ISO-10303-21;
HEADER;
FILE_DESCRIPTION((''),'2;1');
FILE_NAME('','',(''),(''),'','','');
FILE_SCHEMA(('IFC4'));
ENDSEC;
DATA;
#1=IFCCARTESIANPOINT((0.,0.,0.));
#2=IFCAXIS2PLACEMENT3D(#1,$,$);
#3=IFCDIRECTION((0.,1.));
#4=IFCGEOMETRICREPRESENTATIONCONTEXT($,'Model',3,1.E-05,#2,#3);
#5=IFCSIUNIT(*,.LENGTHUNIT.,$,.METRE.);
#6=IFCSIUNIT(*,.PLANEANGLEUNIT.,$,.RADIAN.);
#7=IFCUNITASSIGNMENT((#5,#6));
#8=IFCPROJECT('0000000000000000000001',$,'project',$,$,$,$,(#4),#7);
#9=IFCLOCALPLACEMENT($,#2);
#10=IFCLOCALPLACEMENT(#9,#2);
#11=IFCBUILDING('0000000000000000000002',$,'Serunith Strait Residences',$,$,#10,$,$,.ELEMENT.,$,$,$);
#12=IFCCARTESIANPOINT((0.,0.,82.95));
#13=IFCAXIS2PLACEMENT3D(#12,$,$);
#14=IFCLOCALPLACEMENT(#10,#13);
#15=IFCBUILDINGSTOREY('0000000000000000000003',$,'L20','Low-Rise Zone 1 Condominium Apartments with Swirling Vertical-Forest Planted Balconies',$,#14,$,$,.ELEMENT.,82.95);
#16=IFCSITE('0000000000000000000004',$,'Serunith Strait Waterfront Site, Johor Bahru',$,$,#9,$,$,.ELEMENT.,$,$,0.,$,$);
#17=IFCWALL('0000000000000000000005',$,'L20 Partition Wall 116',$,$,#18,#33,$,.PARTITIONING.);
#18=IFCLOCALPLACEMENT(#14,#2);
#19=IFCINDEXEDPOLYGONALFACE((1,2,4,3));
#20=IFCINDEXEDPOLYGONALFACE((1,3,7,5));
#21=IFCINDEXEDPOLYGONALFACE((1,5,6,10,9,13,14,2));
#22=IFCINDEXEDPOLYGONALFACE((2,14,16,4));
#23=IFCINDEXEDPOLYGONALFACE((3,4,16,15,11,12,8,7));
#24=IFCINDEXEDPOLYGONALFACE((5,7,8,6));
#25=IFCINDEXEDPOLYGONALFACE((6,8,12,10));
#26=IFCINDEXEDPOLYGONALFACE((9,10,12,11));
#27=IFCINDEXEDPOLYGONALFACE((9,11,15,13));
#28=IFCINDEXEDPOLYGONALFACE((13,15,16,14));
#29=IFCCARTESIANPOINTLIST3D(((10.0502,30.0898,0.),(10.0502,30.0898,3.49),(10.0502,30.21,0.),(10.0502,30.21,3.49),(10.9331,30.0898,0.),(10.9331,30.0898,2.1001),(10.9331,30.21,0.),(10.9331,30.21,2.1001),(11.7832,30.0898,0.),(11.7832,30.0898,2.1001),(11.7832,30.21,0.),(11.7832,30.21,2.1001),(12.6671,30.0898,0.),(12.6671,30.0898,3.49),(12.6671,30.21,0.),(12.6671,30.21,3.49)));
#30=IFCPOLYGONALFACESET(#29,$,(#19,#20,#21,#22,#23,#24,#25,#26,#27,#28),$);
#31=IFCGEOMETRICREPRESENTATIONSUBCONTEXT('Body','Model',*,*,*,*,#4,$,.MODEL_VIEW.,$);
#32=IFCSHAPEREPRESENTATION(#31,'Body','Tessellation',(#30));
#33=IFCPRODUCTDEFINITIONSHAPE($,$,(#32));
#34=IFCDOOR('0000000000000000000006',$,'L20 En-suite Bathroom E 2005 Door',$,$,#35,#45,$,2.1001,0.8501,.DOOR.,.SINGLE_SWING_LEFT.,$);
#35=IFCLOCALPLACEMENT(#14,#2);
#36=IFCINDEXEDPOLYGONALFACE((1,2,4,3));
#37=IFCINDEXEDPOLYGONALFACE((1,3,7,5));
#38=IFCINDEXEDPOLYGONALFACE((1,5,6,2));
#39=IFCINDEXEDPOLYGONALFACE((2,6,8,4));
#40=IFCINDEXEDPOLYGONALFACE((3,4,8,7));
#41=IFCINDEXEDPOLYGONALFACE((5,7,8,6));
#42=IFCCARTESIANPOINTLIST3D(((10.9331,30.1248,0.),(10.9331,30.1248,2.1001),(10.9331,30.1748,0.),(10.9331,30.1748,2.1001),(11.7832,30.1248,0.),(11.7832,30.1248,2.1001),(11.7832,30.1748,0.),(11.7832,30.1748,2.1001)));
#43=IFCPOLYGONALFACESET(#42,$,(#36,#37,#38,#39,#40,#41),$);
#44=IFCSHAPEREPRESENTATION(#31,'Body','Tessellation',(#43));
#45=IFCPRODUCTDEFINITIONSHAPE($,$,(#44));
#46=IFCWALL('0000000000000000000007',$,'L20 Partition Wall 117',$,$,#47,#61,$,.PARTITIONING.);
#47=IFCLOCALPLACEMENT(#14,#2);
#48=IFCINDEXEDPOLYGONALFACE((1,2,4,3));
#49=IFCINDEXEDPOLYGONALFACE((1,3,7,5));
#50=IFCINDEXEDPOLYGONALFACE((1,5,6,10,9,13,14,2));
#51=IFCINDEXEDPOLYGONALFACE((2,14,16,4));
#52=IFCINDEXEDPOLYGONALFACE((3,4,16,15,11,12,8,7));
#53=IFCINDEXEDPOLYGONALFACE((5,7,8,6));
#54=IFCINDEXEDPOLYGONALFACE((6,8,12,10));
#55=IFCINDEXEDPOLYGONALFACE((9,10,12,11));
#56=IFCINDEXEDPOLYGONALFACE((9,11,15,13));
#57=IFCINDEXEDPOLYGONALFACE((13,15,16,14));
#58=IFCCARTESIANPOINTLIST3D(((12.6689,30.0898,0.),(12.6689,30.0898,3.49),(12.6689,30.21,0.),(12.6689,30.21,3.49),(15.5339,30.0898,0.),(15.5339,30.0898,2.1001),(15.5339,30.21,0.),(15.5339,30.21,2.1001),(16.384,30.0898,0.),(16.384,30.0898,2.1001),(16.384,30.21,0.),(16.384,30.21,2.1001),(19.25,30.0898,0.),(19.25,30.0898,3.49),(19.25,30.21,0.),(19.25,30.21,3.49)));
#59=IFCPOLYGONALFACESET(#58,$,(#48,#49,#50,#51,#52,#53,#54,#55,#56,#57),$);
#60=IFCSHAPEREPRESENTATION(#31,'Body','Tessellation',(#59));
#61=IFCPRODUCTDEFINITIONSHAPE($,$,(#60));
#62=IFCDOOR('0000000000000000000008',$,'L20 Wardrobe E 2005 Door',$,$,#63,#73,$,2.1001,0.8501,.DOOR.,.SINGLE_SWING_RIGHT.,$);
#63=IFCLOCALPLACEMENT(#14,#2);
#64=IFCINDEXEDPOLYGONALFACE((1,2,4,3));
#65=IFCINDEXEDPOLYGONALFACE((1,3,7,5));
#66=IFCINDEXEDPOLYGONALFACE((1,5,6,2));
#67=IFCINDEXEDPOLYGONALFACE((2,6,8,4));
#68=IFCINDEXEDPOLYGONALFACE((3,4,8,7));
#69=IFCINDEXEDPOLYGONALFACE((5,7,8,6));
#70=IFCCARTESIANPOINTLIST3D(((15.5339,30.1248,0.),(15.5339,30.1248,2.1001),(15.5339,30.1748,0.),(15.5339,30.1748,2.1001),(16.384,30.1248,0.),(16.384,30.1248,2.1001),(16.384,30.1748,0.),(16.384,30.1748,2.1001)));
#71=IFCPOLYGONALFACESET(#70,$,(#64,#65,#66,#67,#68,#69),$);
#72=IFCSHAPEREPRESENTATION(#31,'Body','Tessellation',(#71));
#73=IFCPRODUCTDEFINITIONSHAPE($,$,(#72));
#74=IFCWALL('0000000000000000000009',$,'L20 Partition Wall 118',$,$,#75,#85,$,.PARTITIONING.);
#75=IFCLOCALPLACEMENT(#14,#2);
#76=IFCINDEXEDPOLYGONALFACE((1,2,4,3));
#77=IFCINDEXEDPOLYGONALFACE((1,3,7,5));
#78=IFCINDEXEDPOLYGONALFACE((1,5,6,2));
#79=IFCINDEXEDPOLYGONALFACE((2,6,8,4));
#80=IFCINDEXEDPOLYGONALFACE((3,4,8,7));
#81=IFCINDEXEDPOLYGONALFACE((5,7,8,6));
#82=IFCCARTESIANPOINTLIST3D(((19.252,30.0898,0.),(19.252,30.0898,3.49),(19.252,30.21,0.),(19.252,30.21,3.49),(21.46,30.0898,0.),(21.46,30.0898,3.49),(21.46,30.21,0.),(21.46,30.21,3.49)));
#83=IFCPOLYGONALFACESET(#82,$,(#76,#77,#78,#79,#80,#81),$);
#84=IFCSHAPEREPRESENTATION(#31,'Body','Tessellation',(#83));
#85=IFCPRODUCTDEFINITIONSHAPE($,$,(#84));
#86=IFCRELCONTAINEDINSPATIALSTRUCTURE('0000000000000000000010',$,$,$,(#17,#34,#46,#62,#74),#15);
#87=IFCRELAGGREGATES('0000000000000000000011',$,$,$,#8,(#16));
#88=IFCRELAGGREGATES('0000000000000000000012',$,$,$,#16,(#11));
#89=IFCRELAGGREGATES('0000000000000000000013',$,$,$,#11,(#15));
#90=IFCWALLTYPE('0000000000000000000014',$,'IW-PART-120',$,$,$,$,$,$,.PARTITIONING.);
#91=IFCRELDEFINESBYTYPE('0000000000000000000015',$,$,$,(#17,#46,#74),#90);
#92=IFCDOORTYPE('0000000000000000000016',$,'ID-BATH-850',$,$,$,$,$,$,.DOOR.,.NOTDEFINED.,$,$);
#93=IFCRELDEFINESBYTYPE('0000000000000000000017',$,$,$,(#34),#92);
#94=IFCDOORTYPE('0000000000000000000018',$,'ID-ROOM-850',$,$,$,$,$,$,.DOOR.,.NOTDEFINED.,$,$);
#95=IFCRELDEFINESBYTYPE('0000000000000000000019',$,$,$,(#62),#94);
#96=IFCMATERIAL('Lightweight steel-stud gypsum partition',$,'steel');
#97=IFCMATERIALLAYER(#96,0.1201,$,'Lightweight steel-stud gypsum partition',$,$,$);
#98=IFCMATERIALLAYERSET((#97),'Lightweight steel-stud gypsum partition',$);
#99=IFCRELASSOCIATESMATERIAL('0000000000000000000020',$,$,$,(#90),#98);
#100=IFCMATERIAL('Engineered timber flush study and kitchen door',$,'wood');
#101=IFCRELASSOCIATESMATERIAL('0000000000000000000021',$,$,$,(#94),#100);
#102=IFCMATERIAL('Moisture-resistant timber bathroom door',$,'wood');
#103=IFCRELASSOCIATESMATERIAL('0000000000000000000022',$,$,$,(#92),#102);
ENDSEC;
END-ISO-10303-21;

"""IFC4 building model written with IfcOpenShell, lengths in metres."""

from ifc_helpers import new_model, si_unit, direction, frame, frame_2d, origin, place, context, subcontext, project, spatial, rectangle, extrude, source, transform, mapped, material, layer, layer_set, type_object, element, fill, save


model = new_model("IFC4")

# Units and contexts
model_context = context("Model", 3, precision=1e-05, world=origin(), true_north=direction((0.0, 1.0)))
body_context = subcontext(model_context, "Body", "Model", "MODEL_VIEW")
ifc_project = project(units=[si_unit("LENGTHUNIT", "METRE"), si_unit("PLANEANGLEUNIT", "RADIAN")], contexts=[model_context])

# Site, building, storey
site_placement = place(None, origin())
site = spatial("IfcSite", under=ifc_project, at=site_placement, Name="Serunith Strait Waterfront Site, Johor Bahru", CompositionType="ELEMENT", RefElevation=0.0)
building_placement = place(site_placement, origin())
building = spatial("IfcBuilding", under=site, at=building_placement, Name="Serunith Strait Residences", CompositionType="ELEMENT")
storey_placement = place(building_placement, frame((0.0, 0.0, 82.95)))
storey = spatial("IfcBuildingStorey", under=building, at=storey_placement, Name="L20", Description="Low-Rise Zone 1 Condominium Apartments with Swirling Vertical-Forest Planted Balconies", CompositionType="ELEMENT", Elevation=82.95)

# Shared definitions
ifc_material_1 = material(Name="Lightweight steel-stud gypsum partition", Category="steel")
ifc_layer_1 = layer(ifc_material_1, 0.1201, Name="Lightweight steel-stud gypsum partition")
ifc_layer_set_1 = layer_set([ifc_layer_1], Name="Lightweight steel-stud gypsum partition")
wall_type_1 = type_object("IfcWallType", Name="IW-PART-120", PredefinedType="PARTITIONING", material=ifc_layer_set_1)
ifc_material_2 = material(Name="Engineered timber flush study and kitchen door", Category="wood")
door_type_1 = type_object("IfcDoorType", Name="ID-ROOM-850", OperationType="NOTDEFINED", PredefinedType="DOOR", material=ifc_material_2)
shared_shape_1 = source(origin(), body_context, "Body", "SweptSolid", [
    extrude(rectangle(XDim=0.8501, YDim=2.1001, at=frame_2d((0.425, 1.05))), frame((0.0, 0.0249, 0.0), z_axis=(0.0, -1.0, 0.0), x_axis=(1.0, 0.0, 0.0)), (0.0, 0.0, 1.0), 0.05),
])

# Walls, openings, doors
wall_1_placement = place(storey_placement, frame((10.05, 30.1499, 0.0), z_axis=(0.0, 0.0, 1.0), x_axis=(1.0, 0.0, 0.0)))
wall_1 = element("IfcWall", 1, at=wall_1_placement, inside=storey, type_object=wall_type_1, Name="L20 Partition Wall 116", PredefinedType="PARTITIONING", context=body_context, shape_type="SweptSolid", body=[
    extrude(rectangle(XDim=2.6169, YDim=0.1201, at=frame_2d((1.3086, 0.0))), origin(), (0.0, 0.0, 1.0), 3.49),
])
opening_1_placement = place(wall_1_placement, frame((0.8831, 0.0, 0.0)))
opening_1 = element("IfcOpeningElement", 2, at=opening_1_placement, cuts=wall_1, PredefinedType="OPENING", context=body_context, shape_type="SweptSolid", body=[
    extrude(rectangle(XDim=0.8501, YDim=2.1001, at=frame_2d((0.425, 1.05))), frame((0.0, 0.0701, 0.0), z_axis=(0.0, -1.0, 0.0), x_axis=(1.0, 0.0, 0.0)), (0.0, 0.0, 1.0), 0.1401),
])
ifc_material_3 = material(Name="Moisture-resistant timber bathroom door", Category="wood")
door_type_2 = type_object("IfcDoorType", Name="ID-BATH-850", OperationType="NOTDEFINED", PredefinedType="DOOR", material=ifc_material_3)
door_1_placement = place(opening_1_placement, origin())
door_1 = element("IfcDoor", 3, at=door_1_placement, inside=storey, type_object=door_type_2, Name="L20 En-suite Bathroom E 2005 Door", OperationType="SINGLE_SWING_LEFT", OverallHeight=2.1001, OverallWidth=0.8501, PredefinedType="DOOR", context=body_context, shape_type="MappedRepresentation", body=[
    mapped(shared_shape_1, transform((0.0, 0.0, 0.0), scale=1.0)),
])
fill(opening_1, door_1)
wall_2_placement = place(storey_placement, frame((12.6689, 30.1499, 0.0), z_axis=(0.0, 0.0, 1.0), x_axis=(1.0, 0.0, 0.0)))
wall_2 = element("IfcWall", 4, at=wall_2_placement, inside=storey, type_object=wall_type_1, Name="L20 Partition Wall 117", PredefinedType="PARTITIONING", context=body_context, shape_type="SweptSolid", body=[
    extrude(rectangle(XDim=6.5811, YDim=0.1201, at=frame_2d((3.2905, 0.0))), origin(), (0.0, 0.0, 1.0), 3.49),
])
opening_2_placement = place(wall_2_placement, frame((2.865, 0.0, 0.0)))
opening_2 = element("IfcOpeningElement", 5, at=opening_2_placement, cuts=wall_2, PredefinedType="OPENING", context=body_context, shape_type="SweptSolid", body=[
    extrude(rectangle(XDim=0.8501, YDim=2.1001, at=frame_2d((0.425, 1.05))), frame((0.0, 0.0701, 0.0), z_axis=(0.0, -1.0, 0.0), x_axis=(1.0, 0.0, 0.0)), (0.0, 0.0, 1.0), 0.1401),
])
door_2_placement = place(opening_2_placement, origin())
door_2 = element("IfcDoor", 6, at=door_2_placement, inside=storey, type_object=door_type_1, Name="L20 Wardrobe E 2005 Door", OperationType="SINGLE_SWING_RIGHT", OverallHeight=2.1001, OverallWidth=0.8501, PredefinedType="DOOR", context=body_context, shape_type="MappedRepresentation", body=[
    mapped(shared_shape_1, transform((0.0, 0.0, 0.0), scale=1.0)),
])
fill(opening_2, door_2)

# Wall
wall_3_placement = place(storey_placement, frame((19.252, 30.1499, 0.0), z_axis=(0.0, 0.0, 1.0), x_axis=(1.0, 0.0, 0.0)))
element("IfcWall", 7, at=wall_3_placement, inside=storey, type_object=wall_type_1, Name="L20 Partition Wall 118", PredefinedType="PARTITIONING", context=body_context, shape_type="SweptSolid", body=[
    extrude(rectangle(XDim=2.208, YDim=0.1201, at=frame_2d((1.104, 0.0))), origin(), (0.0, 0.0, 1.0), 3.49),
])

save(model, "model.ifc")
